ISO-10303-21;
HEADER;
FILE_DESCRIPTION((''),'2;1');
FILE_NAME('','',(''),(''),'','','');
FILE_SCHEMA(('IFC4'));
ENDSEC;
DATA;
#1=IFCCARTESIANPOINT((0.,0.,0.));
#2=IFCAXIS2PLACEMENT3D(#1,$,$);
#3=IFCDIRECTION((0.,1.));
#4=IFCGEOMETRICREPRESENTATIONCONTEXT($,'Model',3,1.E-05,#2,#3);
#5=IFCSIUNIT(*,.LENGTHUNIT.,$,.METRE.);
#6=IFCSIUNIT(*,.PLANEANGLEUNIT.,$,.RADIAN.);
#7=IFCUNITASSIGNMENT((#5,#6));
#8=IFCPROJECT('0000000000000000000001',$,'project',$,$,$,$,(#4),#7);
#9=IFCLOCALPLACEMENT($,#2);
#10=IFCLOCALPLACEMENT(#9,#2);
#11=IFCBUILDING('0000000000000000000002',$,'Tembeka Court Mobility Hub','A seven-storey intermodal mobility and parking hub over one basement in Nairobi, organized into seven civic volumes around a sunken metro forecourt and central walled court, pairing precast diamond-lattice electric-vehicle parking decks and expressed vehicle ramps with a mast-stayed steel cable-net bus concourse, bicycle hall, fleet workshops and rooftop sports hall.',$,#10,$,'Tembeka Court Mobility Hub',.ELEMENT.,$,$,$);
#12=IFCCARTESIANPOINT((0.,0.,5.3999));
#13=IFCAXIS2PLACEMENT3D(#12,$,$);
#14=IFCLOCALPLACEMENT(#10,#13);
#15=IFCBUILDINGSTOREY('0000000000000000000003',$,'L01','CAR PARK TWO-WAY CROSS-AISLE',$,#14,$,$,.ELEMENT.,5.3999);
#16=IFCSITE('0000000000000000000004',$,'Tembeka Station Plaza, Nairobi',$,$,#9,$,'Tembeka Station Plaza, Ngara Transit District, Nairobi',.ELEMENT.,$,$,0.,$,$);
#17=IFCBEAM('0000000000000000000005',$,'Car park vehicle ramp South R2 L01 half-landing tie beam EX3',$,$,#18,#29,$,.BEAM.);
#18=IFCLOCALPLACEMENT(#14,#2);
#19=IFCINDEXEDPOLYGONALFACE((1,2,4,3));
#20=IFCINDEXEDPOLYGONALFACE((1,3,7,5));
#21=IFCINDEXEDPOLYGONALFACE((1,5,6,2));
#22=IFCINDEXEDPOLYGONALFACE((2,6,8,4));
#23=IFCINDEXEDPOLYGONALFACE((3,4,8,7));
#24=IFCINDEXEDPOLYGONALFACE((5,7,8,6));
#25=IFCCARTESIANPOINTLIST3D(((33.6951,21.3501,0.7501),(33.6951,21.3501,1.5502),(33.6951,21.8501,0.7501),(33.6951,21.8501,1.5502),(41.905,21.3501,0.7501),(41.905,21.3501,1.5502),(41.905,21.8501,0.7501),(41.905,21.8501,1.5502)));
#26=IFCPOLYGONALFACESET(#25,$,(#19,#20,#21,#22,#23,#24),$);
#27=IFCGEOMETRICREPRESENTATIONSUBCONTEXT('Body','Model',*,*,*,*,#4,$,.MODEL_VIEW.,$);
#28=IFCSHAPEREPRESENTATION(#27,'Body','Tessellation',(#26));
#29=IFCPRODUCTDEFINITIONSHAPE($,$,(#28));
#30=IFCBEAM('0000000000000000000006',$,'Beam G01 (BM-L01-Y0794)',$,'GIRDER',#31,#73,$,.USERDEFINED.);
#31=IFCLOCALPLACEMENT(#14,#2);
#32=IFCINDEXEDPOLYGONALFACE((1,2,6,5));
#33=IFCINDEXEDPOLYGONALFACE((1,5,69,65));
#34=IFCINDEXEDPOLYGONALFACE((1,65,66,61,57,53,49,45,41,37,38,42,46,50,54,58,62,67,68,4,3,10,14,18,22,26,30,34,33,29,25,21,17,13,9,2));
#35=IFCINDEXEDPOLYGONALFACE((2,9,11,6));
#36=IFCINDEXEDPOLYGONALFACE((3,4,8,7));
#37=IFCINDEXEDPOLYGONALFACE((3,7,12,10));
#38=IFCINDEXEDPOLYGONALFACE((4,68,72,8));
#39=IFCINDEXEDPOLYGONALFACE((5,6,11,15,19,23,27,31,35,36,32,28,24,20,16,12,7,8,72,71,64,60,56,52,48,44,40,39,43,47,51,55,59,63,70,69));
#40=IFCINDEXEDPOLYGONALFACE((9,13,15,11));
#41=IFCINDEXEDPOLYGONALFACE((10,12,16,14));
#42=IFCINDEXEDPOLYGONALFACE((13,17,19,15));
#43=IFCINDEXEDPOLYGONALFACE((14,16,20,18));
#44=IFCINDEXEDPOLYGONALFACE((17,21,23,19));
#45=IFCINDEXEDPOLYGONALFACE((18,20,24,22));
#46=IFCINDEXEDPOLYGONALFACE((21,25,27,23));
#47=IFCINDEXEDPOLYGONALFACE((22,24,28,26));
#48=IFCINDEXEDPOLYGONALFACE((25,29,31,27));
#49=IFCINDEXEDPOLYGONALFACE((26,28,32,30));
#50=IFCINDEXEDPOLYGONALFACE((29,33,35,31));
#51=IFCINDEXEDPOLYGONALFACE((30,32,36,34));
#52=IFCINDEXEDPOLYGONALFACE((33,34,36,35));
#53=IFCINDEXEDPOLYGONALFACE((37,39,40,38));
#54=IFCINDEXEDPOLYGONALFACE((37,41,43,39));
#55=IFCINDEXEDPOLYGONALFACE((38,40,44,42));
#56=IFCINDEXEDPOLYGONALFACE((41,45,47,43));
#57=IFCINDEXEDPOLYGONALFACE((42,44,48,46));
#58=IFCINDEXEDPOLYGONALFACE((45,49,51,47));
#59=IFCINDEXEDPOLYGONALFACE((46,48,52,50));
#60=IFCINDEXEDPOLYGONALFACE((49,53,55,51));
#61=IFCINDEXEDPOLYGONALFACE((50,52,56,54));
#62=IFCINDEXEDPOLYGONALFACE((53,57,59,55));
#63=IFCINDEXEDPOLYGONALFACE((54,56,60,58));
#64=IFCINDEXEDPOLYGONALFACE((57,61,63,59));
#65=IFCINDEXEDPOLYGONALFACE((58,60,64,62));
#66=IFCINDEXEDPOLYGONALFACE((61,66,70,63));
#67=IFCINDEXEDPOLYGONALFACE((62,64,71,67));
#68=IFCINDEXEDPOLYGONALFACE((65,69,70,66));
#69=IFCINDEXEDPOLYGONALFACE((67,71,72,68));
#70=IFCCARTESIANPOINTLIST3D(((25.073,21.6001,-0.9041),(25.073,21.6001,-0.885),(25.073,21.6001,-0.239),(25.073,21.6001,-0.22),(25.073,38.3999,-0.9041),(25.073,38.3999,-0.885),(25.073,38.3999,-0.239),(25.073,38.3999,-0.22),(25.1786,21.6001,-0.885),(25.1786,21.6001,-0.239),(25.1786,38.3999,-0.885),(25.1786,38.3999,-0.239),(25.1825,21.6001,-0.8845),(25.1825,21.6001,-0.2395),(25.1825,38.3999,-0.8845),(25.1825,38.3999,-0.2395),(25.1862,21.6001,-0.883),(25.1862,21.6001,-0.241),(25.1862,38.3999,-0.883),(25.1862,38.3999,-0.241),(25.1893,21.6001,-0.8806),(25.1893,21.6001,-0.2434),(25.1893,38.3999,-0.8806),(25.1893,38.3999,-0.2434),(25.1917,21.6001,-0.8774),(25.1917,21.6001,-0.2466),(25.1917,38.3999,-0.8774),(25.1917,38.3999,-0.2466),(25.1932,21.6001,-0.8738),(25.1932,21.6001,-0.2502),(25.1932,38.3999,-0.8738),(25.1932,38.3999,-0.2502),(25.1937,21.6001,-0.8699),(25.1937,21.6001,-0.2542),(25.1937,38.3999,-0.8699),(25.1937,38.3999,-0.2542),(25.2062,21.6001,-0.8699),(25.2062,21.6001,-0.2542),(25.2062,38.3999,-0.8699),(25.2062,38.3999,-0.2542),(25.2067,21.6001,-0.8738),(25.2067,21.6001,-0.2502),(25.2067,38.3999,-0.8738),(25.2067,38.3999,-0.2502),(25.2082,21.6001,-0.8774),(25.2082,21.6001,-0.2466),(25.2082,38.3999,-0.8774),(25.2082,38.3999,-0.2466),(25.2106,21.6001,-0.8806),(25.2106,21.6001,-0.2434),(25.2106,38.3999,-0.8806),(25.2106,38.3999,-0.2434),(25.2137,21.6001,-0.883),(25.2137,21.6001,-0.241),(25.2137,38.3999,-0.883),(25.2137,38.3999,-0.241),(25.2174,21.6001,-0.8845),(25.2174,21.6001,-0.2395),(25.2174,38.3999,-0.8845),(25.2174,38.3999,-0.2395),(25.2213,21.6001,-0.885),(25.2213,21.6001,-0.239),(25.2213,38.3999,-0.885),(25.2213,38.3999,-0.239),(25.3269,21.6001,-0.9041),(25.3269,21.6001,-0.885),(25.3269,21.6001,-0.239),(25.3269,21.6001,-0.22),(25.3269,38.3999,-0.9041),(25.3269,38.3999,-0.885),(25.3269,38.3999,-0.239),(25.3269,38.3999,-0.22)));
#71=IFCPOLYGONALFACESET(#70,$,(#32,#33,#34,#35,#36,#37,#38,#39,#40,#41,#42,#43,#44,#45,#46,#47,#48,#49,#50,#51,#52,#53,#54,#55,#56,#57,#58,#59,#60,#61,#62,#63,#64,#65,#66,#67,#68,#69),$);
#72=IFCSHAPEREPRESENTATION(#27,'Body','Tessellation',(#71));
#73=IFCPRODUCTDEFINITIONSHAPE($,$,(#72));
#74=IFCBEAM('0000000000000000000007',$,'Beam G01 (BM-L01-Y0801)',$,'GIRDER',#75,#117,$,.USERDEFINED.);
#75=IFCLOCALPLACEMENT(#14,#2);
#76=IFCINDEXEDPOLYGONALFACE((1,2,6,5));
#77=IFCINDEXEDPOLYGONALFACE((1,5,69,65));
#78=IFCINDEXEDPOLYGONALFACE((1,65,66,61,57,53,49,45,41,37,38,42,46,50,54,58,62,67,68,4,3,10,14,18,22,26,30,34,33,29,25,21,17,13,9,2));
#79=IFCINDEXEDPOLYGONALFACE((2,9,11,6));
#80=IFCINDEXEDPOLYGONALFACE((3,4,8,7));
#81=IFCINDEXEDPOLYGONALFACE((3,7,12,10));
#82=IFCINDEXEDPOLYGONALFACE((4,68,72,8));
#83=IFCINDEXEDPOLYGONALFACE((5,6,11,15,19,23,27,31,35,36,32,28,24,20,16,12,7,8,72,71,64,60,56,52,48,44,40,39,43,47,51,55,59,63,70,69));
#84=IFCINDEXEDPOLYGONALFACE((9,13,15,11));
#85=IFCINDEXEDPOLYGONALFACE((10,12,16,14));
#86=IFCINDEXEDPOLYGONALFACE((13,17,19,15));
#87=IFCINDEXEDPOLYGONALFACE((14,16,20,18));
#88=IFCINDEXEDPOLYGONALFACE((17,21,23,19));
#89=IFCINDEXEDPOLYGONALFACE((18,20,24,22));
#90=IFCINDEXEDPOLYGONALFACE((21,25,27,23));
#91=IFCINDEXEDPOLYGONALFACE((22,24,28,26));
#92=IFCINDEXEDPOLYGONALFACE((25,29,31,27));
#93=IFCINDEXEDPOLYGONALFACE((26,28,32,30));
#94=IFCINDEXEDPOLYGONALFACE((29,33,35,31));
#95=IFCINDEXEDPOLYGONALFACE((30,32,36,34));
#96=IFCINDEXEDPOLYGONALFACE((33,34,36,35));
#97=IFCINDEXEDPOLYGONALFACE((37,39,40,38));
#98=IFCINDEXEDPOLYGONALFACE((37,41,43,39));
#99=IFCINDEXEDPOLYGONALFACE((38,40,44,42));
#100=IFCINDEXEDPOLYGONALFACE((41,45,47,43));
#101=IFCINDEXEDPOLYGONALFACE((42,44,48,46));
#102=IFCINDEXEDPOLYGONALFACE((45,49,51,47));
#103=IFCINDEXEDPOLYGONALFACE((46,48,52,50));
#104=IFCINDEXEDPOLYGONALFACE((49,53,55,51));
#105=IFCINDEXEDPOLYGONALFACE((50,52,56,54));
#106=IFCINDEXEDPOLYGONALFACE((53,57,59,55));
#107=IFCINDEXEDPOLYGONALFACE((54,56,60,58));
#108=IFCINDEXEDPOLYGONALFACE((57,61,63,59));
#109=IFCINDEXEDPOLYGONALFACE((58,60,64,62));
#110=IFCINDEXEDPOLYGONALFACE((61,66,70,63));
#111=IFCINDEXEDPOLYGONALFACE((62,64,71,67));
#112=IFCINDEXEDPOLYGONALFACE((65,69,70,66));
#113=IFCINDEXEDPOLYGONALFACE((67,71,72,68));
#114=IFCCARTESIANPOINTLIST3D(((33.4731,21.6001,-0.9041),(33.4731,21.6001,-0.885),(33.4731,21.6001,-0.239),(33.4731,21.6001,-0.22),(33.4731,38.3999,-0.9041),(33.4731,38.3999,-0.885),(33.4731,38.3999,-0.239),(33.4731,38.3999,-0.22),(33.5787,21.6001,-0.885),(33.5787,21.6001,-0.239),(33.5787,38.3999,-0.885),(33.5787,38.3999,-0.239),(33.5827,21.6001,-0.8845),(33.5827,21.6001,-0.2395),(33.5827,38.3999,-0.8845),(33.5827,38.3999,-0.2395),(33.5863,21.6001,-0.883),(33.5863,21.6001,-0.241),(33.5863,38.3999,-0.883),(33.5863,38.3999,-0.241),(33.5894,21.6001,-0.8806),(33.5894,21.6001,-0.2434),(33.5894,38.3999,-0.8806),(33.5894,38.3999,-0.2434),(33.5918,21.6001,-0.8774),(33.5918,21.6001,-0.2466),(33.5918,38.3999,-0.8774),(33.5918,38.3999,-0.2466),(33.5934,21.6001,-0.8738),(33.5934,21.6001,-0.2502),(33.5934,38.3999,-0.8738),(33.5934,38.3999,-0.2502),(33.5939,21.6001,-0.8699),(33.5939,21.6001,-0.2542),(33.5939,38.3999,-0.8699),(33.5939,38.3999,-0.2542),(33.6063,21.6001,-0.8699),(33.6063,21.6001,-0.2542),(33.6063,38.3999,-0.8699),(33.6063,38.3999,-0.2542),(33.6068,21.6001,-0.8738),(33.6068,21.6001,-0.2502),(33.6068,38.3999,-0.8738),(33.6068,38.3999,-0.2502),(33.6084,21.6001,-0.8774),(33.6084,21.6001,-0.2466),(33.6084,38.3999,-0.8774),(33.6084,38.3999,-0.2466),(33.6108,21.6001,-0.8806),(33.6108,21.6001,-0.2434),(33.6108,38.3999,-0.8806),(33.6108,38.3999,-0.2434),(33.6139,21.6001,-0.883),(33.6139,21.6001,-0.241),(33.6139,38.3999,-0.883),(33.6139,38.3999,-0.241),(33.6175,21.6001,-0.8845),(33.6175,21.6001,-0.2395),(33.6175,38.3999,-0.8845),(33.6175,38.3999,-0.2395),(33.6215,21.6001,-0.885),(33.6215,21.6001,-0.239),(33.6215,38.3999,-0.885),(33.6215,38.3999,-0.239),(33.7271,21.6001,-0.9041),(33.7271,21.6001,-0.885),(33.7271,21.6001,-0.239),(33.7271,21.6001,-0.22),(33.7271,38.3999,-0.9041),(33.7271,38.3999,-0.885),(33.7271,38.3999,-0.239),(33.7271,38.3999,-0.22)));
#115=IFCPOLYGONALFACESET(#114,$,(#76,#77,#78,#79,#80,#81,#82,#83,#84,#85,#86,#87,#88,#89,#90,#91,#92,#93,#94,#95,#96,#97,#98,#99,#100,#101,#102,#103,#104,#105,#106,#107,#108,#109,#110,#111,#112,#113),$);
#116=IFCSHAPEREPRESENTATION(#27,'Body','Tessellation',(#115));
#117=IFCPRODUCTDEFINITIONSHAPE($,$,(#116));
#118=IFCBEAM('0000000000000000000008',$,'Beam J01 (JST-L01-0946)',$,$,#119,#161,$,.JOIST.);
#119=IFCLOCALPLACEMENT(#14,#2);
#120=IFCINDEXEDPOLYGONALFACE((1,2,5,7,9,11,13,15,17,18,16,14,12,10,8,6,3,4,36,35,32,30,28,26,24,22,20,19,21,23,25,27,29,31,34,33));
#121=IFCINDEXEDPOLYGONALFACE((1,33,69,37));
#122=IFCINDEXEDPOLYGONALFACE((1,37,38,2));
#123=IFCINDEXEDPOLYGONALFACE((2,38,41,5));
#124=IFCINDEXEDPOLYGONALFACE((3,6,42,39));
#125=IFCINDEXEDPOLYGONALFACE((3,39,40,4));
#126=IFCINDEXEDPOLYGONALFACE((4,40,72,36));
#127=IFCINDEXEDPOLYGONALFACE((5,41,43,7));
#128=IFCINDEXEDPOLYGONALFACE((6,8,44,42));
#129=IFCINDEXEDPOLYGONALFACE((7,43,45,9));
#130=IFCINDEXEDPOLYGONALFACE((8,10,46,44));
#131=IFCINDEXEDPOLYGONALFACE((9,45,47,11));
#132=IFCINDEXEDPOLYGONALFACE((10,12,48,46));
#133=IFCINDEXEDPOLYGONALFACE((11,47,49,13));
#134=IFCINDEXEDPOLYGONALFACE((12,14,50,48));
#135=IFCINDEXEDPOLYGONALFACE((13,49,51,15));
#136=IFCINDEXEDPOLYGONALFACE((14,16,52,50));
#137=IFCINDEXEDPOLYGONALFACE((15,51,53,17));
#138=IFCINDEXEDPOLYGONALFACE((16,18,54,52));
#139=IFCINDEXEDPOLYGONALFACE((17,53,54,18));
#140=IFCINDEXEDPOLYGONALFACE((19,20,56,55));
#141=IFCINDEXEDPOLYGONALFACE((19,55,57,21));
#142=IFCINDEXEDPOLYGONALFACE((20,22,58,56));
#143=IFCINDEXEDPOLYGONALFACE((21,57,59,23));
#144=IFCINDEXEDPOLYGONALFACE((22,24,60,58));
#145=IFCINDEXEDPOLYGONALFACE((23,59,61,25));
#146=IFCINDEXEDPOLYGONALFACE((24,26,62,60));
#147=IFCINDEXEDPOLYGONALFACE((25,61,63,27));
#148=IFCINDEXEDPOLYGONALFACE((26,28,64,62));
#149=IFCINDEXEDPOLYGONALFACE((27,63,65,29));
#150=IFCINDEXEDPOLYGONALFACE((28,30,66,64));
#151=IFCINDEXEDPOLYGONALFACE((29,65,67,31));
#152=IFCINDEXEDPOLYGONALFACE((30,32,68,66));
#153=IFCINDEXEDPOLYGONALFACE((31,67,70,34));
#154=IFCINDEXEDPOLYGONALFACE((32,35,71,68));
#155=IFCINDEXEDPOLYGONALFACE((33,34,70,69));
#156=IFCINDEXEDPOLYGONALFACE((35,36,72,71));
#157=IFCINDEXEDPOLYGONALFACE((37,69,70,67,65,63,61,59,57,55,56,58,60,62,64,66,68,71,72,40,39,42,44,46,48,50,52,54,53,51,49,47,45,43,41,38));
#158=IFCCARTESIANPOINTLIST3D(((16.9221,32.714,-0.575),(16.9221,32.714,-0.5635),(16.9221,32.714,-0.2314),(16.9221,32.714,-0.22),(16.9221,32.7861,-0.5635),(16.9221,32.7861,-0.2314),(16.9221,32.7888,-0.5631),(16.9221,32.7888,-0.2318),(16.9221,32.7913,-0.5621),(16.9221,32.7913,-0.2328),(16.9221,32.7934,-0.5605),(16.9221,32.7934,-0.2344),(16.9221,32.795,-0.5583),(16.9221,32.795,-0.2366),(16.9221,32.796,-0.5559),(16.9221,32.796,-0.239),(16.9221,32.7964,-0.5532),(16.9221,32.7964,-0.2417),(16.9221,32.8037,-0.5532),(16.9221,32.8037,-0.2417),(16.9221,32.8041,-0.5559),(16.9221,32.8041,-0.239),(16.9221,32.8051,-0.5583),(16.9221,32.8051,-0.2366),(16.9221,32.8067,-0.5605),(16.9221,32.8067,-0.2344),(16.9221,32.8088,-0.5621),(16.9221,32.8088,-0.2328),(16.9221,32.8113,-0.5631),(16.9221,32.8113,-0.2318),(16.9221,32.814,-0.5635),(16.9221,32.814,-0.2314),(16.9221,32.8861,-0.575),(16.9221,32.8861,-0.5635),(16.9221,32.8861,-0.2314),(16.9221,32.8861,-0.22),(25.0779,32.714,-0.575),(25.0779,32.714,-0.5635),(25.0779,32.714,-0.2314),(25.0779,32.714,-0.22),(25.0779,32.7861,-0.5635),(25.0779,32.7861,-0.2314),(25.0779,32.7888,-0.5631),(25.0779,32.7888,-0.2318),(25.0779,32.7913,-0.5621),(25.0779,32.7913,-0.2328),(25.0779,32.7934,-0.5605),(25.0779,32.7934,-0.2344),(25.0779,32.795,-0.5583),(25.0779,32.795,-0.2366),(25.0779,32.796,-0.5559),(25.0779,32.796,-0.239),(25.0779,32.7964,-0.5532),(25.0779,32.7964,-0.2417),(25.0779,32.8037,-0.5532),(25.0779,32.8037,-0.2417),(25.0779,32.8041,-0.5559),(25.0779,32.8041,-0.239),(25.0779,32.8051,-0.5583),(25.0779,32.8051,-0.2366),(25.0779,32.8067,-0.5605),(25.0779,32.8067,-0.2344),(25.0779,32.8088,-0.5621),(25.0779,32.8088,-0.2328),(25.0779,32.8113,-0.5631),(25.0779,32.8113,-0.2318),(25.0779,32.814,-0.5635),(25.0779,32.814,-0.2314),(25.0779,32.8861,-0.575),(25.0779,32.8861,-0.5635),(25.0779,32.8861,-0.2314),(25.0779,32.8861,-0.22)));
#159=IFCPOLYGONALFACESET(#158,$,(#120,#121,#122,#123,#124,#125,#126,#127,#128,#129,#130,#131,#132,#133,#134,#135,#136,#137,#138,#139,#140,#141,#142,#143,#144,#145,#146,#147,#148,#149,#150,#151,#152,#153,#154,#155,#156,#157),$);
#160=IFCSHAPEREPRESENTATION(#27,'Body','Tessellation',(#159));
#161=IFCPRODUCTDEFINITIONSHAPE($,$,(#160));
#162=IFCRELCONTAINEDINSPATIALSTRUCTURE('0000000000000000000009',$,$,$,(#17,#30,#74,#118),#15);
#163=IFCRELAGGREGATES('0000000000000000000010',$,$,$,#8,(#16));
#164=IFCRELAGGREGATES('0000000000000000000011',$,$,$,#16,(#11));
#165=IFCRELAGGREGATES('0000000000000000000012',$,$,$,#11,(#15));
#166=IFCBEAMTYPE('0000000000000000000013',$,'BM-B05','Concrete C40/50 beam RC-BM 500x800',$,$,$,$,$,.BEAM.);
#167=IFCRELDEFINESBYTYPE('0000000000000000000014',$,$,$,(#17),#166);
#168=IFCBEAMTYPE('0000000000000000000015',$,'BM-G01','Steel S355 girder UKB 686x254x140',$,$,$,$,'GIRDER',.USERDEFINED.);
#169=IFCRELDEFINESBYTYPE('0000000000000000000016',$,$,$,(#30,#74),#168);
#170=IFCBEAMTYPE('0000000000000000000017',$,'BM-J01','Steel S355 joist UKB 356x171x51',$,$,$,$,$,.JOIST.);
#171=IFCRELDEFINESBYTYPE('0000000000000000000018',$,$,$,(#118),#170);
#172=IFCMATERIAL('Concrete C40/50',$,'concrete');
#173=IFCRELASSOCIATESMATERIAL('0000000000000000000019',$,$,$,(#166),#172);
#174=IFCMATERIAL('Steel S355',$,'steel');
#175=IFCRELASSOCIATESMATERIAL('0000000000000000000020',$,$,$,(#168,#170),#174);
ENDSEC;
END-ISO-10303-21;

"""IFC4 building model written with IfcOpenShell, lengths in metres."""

from ifc_helpers import new_model, si_unit, direction, frame, origin, origin_2d, place, context, subcontext, project, spatial, rectangle, i_section, extrude, material, material_profile, profile_set, type_object, element, save


model = new_model("IFC4")

# Units and contexts
model_context = context("Model", 3, precision=1e-05, world=origin(), true_north=direction((0.0, 1.0)))
body_context = subcontext(model_context, "Body", "Model", "MODEL_VIEW")
ifc_project = project(units=[si_unit("LENGTHUNIT", "METRE"), si_unit("PLANEANGLEUNIT", "RADIAN")], contexts=[model_context])

# Site, building, storey
site_placement = place(None, origin())
site = spatial("IfcSite", under=ifc_project, at=site_placement, Name="Tembeka Station Plaza, Nairobi", LongName="Tembeka Station Plaza, Ngara Transit District, Nairobi", CompositionType="ELEMENT", RefElevation=0.0)
building_placement = place(site_placement, origin())
building = spatial("IfcBuilding", under=site, at=building_placement, Name="Tembeka Court Mobility Hub", Description="A seven-storey intermodal mobility and parking hub over one basement in Nairobi, organized into seven civic volumes around a sunken metro forecourt and central walled court, pairing precast diamond-lattice electric-vehicle parking decks and expressed vehicle ramps with a mast-stayed steel cable-net bus concourse, bicycle hall, fleet workshops and rooftop sports hall.", LongName="Tembeka Court Mobility Hub", CompositionType="ELEMENT")
storey_placement = place(building_placement, frame((0.0, 0.0, 5.3999)))
storey = spatial("IfcBuildingStorey", under=building, at=storey_placement, Name="L01", Description="CAR PARK TWO-WAY CROSS-AISLE", CompositionType="ELEMENT", Elevation=5.3999)

# Shared definitions
ifc_material_1 = material(Name="Steel S355", Category="steel")

# Beams
ifc_material_2 = material(Name="Concrete C40/50", Category="concrete")
ifc_material_profile_1 = material_profile(ifc_material_2, rectangle(XDim=0.5, YDim=0.8, at=origin_2d()), Name="RC-BM 500x800")
ifc_profile_set_1 = profile_set([ifc_material_profile_1], Name="Concrete C40/50")
beam_type_1 = type_object("IfcBeamType", Name="BM-B05", Description="Concrete C40/50 beam RC-BM 500x800", PredefinedType="BEAM", material=ifc_profile_set_1)
beam_1_placement = place(storey_placement, frame((33.6951, 21.6001, 1.1501), z_axis=(1.0, 0.0, 0.0), x_axis=(0.0, 1.0, 0.0)))
element("IfcBeam", 1, at=beam_1_placement, inside=storey, type_object=beam_type_1, Name="Car park vehicle ramp South R2 L01 half-landing tie beam EX3", PredefinedType="BEAM", context=body_context, shape_type="SweptSolid", body=[
    extrude(rectangle(XDim=0.5, YDim=0.8, at=origin_2d()), origin(), (0.0, 0.0, 1.0), 8.21),
])
ifc_material_profile_2 = material_profile(ifc_material_1, i_section(OverallWidth=0.2539, OverallDepth=0.6841, WebThickness=0.0125, FlangeThickness=0.019, FilletRadius=0.0151, at=origin_2d()), Name="UKB 686x254x140")
ifc_profile_set_2 = profile_set([ifc_material_profile_2], Name="Steel S355")
beam_type_2 = type_object("IfcBeamType", Name="BM-G01", Description="Steel S355 girder UKB 686x254x140", ElementType="GIRDER", PredefinedType="USERDEFINED", material=ifc_profile_set_2)
for number, where, z_axis, x_axis, name in (
    (2, (25.2, 21.6001, -0.562), (0.0, 1.0, 0.0), (-1.0, 0.0, 0.0), "Beam G01 (BM-L01-Y0794)"),
    (3, (33.6001, 21.6001, -0.562), (0.0, 1.0, 0.0), (-1.0, 0.0, 0.0), "Beam G01 (BM-L01-Y0801)"),
):
    element("IfcBeam", number, at=place(storey_placement, frame(where, z_axis=z_axis, x_axis=x_axis)), inside=storey, type_object=beam_type_2, Name=name, ObjectType="GIRDER", PredefinedType="USERDEFINED", context=body_context, shape_type="SweptSolid", body=[
        extrude(i_section(OverallWidth=0.2539, OverallDepth=0.6841, WebThickness=0.0125, FlangeThickness=0.019, FilletRadius=0.0151, at=origin_2d()), origin(), (0.0, 0.0, 1.0), 16.7998),
    ])
ifc_material_profile_3 = material_profile(ifc_material_1, i_section(OverallWidth=0.1721, OverallDepth=0.355, WebThickness=0.0073, FlangeThickness=0.0115, FilletRadius=0.0103, at=origin_2d()), Name="UKB 356x171x51")
ifc_profile_set_3 = profile_set([ifc_material_profile_3], Name="Steel S355")
beam_type_3 = type_object("IfcBeamType", Name="BM-J01", Description="Steel S355 joist UKB 356x171x51", PredefinedType="JOIST", material=ifc_profile_set_3)
for number, where, z_axis, x_axis, name in (
    (4, (16.9221, 32.8, -0.3975), (1.0, 0.0, 0.0), (0.0, 1.0, 0.0), "Beam J01 (JST-L01-0946)"),
):
    element("IfcBeam", number, at=place(storey_placement, frame(where, z_axis=z_axis, x_axis=x_axis)), inside=storey, type_object=beam_type_3, Name=name, PredefinedType="JOIST", context=body_context, shape_type="SweptSolid", body=[
        extrude(i_section(OverallWidth=0.1721, OverallDepth=0.355, WebThickness=0.0073, FlangeThickness=0.0115, FilletRadius=0.0103, at=origin_2d()), origin(), (0.0, 0.0, 1.0), 8.1558),
    ])

save(model, "model.ifc")
